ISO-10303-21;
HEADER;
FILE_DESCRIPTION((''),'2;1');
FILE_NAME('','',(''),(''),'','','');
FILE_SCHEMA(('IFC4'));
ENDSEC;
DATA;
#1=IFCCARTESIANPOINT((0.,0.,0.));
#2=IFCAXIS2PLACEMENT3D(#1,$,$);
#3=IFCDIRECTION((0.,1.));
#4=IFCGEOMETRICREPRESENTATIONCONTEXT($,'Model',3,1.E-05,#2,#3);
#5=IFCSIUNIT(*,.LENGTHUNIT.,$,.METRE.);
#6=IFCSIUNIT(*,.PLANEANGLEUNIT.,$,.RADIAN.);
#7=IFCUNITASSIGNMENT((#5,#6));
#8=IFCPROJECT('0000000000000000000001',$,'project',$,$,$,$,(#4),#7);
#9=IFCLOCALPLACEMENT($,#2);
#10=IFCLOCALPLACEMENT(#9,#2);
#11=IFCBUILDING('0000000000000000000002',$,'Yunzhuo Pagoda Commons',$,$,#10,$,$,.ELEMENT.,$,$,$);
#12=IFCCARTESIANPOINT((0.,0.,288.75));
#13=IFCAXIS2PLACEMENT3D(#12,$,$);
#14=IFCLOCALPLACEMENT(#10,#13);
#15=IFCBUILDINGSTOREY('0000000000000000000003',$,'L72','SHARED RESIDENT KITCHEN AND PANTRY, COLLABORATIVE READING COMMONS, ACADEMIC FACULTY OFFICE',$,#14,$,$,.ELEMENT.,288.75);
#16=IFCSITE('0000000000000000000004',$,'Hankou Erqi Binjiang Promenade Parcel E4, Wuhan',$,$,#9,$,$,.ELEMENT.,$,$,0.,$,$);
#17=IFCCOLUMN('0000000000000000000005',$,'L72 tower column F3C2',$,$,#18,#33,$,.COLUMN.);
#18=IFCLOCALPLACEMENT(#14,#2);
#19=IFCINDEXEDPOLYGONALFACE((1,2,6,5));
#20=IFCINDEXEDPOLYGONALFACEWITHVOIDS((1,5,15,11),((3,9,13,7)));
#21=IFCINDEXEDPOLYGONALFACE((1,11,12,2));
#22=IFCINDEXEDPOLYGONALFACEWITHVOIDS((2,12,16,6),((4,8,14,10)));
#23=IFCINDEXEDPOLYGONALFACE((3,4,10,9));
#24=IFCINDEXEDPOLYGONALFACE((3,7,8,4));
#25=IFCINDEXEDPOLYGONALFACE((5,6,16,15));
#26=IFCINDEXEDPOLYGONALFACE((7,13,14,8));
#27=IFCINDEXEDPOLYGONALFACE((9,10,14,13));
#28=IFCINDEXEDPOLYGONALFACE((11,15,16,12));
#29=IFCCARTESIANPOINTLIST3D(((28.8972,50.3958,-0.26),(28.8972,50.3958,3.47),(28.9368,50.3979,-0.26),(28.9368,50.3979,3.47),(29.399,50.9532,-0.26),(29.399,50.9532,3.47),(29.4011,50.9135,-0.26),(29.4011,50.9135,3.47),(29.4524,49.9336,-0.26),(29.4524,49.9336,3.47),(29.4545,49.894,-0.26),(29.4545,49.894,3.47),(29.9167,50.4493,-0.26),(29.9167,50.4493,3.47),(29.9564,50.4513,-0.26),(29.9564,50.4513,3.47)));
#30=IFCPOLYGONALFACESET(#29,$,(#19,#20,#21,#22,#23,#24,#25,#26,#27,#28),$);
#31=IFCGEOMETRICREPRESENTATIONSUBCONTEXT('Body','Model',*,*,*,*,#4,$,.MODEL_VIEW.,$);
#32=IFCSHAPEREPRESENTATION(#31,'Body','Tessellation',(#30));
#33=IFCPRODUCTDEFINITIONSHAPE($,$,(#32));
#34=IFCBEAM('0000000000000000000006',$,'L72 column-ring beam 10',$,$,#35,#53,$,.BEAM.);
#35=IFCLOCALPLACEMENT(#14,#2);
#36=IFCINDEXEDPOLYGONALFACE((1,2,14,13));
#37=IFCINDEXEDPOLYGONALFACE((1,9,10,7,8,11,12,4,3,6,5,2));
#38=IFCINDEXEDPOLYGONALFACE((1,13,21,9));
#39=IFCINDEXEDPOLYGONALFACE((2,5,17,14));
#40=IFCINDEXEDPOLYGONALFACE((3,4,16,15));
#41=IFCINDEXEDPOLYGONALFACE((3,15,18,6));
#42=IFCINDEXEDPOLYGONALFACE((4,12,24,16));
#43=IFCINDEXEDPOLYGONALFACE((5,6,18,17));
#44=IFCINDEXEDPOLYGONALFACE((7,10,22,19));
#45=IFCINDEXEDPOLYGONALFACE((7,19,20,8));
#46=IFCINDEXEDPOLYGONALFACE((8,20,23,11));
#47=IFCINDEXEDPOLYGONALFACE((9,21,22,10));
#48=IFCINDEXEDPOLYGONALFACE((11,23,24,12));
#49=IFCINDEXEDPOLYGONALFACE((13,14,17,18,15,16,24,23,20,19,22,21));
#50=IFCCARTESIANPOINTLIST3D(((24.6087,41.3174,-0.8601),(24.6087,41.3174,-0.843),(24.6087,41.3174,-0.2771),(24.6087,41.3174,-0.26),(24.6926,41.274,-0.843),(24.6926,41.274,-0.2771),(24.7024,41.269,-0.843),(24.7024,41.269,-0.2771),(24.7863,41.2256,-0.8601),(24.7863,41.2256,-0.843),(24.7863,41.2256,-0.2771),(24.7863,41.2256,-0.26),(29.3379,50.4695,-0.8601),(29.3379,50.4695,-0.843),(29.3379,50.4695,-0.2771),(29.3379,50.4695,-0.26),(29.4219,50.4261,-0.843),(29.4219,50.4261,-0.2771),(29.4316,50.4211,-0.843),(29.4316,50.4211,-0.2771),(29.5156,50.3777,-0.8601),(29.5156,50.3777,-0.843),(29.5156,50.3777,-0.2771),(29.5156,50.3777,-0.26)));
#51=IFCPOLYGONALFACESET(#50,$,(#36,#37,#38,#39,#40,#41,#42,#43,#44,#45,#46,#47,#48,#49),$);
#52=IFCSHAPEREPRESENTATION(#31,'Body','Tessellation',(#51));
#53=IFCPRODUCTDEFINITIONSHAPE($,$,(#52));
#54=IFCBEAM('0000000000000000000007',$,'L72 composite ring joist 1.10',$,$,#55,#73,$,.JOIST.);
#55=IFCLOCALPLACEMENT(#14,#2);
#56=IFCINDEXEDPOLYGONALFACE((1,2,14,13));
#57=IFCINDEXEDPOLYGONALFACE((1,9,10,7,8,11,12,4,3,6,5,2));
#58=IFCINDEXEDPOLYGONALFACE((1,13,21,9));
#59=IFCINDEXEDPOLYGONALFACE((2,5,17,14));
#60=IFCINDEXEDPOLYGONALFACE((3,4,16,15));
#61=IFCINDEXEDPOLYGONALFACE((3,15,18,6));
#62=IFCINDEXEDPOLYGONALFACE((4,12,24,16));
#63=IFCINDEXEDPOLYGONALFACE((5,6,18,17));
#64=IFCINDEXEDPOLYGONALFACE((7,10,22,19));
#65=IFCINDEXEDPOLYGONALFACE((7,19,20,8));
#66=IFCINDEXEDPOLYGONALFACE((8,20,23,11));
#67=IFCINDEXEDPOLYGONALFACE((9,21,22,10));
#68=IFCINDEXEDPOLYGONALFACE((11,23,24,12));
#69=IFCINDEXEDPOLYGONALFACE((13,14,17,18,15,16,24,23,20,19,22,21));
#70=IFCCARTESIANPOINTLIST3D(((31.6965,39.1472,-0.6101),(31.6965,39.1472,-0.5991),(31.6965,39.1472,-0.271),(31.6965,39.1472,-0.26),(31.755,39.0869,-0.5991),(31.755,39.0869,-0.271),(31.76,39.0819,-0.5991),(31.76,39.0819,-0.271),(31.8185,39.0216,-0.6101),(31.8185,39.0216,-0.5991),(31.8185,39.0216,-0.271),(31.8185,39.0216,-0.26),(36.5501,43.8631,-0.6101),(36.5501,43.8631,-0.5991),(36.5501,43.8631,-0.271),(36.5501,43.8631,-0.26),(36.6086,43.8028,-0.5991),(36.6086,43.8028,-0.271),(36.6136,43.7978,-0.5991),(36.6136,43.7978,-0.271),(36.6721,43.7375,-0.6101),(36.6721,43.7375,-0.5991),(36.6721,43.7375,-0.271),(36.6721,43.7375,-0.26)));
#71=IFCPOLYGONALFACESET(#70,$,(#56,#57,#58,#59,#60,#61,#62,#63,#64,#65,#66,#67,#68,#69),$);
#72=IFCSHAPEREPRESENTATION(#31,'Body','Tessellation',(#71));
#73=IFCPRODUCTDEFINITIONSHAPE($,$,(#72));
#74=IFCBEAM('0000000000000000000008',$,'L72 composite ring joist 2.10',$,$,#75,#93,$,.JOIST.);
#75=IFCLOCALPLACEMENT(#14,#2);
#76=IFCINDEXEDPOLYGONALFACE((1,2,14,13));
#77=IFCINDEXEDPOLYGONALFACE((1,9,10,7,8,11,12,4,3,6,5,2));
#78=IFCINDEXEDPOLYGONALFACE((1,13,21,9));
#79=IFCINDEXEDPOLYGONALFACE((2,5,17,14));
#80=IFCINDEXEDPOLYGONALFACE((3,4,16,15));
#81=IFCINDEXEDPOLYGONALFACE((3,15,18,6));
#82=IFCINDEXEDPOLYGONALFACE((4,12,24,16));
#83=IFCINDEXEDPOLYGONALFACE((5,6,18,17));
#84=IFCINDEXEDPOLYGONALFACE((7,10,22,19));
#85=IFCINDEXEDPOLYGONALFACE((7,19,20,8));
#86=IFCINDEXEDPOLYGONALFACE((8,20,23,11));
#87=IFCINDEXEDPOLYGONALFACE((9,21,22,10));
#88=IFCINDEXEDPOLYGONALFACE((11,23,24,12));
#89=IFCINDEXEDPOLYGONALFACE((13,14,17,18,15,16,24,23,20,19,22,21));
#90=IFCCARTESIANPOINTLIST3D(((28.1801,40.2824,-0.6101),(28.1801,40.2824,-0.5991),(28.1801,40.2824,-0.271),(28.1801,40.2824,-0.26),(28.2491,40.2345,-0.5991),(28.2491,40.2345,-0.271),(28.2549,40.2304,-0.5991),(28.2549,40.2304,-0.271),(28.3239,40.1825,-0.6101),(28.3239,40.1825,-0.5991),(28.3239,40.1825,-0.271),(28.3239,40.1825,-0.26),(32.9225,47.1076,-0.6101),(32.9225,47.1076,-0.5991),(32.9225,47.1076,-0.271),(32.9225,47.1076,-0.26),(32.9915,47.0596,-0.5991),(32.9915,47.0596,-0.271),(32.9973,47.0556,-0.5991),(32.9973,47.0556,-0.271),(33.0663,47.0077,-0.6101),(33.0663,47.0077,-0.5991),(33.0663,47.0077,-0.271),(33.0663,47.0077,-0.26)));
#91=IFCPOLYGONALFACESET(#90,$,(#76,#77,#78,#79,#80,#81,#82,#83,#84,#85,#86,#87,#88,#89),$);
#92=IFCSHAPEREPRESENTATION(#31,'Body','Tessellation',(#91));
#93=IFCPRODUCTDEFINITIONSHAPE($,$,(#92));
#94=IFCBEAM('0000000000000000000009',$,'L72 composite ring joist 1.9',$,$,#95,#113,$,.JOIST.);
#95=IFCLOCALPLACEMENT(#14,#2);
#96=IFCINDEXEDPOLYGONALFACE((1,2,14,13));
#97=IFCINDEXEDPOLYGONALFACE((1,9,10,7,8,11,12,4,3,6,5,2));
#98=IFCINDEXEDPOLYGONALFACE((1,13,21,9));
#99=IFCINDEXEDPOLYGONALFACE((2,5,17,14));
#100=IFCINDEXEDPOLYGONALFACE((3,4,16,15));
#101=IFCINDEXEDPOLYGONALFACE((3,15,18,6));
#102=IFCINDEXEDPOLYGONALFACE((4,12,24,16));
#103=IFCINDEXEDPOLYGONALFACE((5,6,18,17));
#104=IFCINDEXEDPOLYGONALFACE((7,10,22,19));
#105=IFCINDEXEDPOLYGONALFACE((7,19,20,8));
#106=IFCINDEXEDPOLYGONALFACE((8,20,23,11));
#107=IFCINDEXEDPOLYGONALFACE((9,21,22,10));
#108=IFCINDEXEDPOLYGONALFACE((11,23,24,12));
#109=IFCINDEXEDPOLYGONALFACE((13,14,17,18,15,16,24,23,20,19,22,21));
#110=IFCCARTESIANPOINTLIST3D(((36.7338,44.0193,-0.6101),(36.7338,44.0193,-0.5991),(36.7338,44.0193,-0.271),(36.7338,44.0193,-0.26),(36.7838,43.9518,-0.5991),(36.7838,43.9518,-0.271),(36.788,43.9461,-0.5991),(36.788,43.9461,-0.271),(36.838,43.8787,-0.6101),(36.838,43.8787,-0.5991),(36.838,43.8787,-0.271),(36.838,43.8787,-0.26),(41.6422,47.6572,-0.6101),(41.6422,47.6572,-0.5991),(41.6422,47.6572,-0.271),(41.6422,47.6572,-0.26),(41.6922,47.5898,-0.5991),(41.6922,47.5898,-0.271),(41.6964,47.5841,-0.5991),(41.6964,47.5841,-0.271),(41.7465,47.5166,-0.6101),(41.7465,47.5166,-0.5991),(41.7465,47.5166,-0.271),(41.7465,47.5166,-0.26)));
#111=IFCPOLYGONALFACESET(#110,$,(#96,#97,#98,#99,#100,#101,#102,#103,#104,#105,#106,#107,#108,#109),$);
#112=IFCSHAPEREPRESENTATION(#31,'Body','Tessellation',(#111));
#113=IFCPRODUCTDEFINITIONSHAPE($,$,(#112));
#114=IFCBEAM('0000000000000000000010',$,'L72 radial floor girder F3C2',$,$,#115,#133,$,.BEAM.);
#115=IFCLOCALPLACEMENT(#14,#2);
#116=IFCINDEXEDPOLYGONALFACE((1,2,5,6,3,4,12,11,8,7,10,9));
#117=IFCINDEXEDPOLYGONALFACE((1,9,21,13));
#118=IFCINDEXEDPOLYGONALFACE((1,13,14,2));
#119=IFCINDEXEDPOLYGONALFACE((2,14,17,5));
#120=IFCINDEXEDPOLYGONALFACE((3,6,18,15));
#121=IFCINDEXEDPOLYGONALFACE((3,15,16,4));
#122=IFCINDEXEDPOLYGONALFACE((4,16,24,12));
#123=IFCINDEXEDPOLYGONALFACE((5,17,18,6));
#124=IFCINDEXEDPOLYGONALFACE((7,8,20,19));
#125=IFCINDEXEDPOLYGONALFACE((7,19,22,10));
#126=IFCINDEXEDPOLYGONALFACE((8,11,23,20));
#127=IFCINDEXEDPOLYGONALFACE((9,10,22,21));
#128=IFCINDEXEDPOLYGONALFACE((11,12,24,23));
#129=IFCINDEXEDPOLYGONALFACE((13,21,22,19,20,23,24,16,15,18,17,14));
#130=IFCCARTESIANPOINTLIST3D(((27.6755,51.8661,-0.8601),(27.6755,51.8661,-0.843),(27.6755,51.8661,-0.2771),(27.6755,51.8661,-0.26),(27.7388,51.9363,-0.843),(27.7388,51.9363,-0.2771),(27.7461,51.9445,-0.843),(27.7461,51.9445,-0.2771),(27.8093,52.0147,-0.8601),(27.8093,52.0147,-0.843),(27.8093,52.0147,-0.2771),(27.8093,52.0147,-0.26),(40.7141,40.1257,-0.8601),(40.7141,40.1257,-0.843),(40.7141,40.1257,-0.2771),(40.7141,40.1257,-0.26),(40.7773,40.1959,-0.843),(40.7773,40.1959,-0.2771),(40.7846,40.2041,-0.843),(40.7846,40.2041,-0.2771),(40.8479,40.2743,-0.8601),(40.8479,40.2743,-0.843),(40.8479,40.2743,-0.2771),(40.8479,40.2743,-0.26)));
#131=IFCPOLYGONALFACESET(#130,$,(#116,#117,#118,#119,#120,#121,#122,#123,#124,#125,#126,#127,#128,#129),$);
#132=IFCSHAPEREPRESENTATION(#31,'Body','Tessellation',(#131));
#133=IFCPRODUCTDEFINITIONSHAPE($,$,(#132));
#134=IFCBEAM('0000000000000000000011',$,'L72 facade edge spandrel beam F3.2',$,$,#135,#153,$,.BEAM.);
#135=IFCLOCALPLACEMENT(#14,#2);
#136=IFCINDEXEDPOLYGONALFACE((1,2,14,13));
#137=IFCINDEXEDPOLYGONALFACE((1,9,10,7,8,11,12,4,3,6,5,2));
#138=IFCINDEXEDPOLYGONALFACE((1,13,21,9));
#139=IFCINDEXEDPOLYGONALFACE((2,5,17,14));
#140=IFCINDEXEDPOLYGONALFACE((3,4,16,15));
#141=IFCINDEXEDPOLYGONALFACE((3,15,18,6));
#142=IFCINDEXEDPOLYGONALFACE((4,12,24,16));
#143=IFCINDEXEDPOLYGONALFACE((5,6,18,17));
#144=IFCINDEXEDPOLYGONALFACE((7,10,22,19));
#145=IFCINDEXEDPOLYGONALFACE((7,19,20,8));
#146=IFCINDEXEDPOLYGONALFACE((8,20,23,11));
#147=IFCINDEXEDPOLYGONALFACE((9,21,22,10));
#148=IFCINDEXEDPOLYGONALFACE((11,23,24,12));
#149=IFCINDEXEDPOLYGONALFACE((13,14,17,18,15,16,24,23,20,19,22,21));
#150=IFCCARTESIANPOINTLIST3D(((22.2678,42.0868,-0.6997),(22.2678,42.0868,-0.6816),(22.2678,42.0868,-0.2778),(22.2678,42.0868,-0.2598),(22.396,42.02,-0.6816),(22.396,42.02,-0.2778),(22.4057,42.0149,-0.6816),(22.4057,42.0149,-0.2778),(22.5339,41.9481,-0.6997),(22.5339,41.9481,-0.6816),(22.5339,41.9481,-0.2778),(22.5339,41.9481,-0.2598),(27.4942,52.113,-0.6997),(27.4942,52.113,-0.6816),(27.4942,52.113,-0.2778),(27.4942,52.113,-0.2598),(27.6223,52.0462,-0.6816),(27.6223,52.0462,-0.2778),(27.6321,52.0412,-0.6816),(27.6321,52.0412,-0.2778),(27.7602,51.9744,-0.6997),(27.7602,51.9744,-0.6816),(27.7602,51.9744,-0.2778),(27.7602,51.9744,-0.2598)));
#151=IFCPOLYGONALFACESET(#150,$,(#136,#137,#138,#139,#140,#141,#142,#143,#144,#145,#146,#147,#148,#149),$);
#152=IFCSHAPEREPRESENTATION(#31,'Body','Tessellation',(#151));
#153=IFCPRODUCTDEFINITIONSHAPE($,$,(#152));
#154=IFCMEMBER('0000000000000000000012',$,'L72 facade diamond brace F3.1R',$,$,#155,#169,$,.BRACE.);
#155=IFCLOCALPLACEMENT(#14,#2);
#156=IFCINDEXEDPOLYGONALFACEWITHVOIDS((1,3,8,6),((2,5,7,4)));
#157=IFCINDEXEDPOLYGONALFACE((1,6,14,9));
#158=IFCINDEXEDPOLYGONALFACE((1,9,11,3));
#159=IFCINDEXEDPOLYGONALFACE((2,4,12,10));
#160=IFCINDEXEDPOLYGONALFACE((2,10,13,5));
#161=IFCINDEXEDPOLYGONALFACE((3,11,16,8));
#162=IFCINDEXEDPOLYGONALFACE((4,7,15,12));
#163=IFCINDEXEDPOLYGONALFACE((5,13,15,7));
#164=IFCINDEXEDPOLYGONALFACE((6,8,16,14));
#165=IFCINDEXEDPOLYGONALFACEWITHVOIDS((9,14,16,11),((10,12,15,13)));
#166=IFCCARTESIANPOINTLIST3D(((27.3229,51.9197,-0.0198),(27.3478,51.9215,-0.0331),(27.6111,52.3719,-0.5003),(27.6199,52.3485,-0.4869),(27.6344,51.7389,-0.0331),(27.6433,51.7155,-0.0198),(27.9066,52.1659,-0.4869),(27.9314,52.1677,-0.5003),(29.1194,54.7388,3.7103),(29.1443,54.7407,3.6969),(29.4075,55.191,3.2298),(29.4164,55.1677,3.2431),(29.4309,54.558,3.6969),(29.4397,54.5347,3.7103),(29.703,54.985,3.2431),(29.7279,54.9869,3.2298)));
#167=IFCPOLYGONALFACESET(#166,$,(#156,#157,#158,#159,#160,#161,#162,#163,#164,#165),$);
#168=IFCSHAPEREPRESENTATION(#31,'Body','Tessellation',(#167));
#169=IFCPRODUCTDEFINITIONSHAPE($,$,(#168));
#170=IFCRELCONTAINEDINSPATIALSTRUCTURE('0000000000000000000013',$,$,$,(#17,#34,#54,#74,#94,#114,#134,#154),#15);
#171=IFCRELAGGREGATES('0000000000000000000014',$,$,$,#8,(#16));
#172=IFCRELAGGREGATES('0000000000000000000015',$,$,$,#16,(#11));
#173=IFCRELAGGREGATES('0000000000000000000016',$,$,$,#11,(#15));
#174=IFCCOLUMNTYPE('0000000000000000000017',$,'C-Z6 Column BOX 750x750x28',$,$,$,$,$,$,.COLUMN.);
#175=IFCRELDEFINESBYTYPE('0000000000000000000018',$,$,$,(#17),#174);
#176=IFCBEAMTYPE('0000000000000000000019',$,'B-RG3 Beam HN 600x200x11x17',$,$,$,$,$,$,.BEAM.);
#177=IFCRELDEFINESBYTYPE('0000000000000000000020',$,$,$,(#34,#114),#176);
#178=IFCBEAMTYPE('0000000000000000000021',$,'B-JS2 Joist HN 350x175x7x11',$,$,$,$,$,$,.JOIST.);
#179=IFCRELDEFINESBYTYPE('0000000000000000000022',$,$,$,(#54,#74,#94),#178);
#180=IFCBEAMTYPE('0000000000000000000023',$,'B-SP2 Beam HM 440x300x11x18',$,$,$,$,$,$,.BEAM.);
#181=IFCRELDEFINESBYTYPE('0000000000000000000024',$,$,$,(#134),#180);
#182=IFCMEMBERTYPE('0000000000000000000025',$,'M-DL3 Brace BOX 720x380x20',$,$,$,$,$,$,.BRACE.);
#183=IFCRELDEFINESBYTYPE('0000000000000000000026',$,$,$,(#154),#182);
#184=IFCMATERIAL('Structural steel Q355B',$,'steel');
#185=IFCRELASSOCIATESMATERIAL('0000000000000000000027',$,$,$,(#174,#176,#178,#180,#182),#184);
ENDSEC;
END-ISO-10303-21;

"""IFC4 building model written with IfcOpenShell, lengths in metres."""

from ifc_helpers import new_model, si_unit, direction, frame, origin, origin_2d, place, context, subcontext, project, spatial, hollow_rectangle, i_section, extrude, source, transform, mapped, material, material_profile, profile_set, type_object, element, save


model = new_model("IFC4")

# Units and contexts
model_context = context("Model", 3, precision=1e-05, world=origin(), true_north=direction((0.0, 1.0)))
body_context = subcontext(model_context, "Body", "Model", "MODEL_VIEW")
ifc_project = project(units=[si_unit("LENGTHUNIT", "METRE"), si_unit("PLANEANGLEUNIT", "RADIAN")], contexts=[model_context])

# Site, building, storey
site_placement = place(None, origin())
site = spatial("IfcSite", under=ifc_project, at=site_placement, Name="Hankou Erqi Binjiang Promenade Parcel E4, Wuhan", CompositionType="ELEMENT", RefElevation=0.0)
building_placement = place(site_placement, origin())
building = spatial("IfcBuilding", under=site, at=building_placement, Name="Yunzhuo Pagoda Commons", CompositionType="ELEMENT")
storey_placement = place(building_placement, frame((0.0, 0.0, 288.75)))
storey = spatial("IfcBuildingStorey", under=building, at=storey_placement, Name="L72", Description="SHARED RESIDENT KITCHEN AND PANTRY, COLLABORATIVE READING COMMONS, ACADEMIC FACULTY OFFICE", CompositionType="ELEMENT", Elevation=288.75)

# Column
ifc_material_1 = material(Name="Structural steel Q355B", Category="steel")
ifc_material_profile_1 = material_profile(ifc_material_1, hollow_rectangle(XDim=0.75, YDim=0.75, WallThickness=0.0281, at=origin_2d()), Name="Structural steel Q355B")
ifc_profile_set_1 = profile_set([ifc_material_profile_1], Name="Structural steel Q355B")
column_type = type_object("IfcColumnType", Name="C-Z6 Column BOX 750x750x28", PredefinedType="COLUMN", material=ifc_profile_set_1)
shared_shape_1 = source(origin(), body_context, "Body", "SweptSolid", [
    extrude(hollow_rectangle(XDim=0.75, YDim=0.75, WallThickness=0.0281, at=origin_2d()), origin(), (0.0, 0.0, 1.0), 3.73),
])
column_placement = place(storey_placement, frame((29.4268, 50.4236, -0.26), z_axis=(0.0, 0.0, 1.0), x_axis=(-0.669131, -0.743145, 0.0)))
element("IfcColumn", 1, at=column_placement, inside=storey, type_object=column_type, Name="L72 tower column F3C2", PredefinedType="COLUMN", context=body_context, shape_type="MappedRepresentation", body=[
    mapped(shared_shape_1, transform((0.0, 0.0, 0.0), scale=1.0)),
])

# Beams
ifc_material_profile_2 = material_profile(ifc_material_1, i_section(OverallWidth=0.2, OverallDepth=0.6001, WebThickness=0.011, FlangeThickness=0.0171, at=origin_2d()), Name="Structural steel Q355B")
ifc_profile_set_2 = profile_set([ifc_material_profile_2], Name="Structural steel Q355B")
beam_type_1 = type_object("IfcBeamType", Name="B-RG3 Beam HN 600x200x11x17", PredefinedType="BEAM", material=ifc_profile_set_2)
shared_shape_2 = source(origin(), body_context, "Body", "SweptSolid", [
    extrude(i_section(OverallWidth=0.2, OverallDepth=0.6001, WebThickness=0.011, FlangeThickness=0.0171, at=origin_2d()), origin(), (0.0, 0.0, 1.0), 10.3018),
])
beam_1_placement = place(storey_placement, frame((29.4268, 50.4236, -0.5601), z_axis=(-0.459071, -0.8884, 0.0), x_axis=(0.8884, -0.459071, 0.0)))
element("IfcBeam", 2, at=beam_1_placement, inside=storey, type_object=beam_type_1, Name="L72 column-ring beam 10", PredefinedType="BEAM", context=body_context, shape_type="MappedRepresentation", body=[
    mapped(shared_shape_2, transform((0.0, 0.0, 0.0), scale=1.0)),
])
ifc_material_profile_3 = material_profile(ifc_material_1, i_section(OverallWidth=0.175, OverallDepth=0.3501, WebThickness=0.0071, FlangeThickness=0.011, at=origin_2d()), Name="Structural steel Q355B")
ifc_profile_set_3 = profile_set([ifc_material_profile_3], Name="Structural steel Q355B")
beam_type_2 = type_object("IfcBeamType", Name="B-JS2 Joist HN 350x175x7x11", PredefinedType="JOIST", material=ifc_profile_set_3)
shared_shape_3 = source(origin(), body_context, "Body", "SweptSolid", [
    extrude(i_section(OverallWidth=0.175, OverallDepth=0.3501, WebThickness=0.0071, FlangeThickness=0.011, at=origin_2d()), origin(), (0.0, 0.0, 1.0), 6.7673),
])
beam_2_placement = place(storey_placement, frame((36.6111, 43.8003, -0.4351), z_axis=(-0.717207, -0.69686, 0.0), x_axis=(0.69686, -0.717207, 0.0)))
element("IfcBeam", 3, at=beam_2_placement, inside=storey, type_object=beam_type_2, Name="L72 composite ring joist 1.10", PredefinedType="JOIST", context=body_context, shape_type="MappedRepresentation", body=[
    mapped(shared_shape_3, transform((0.0, 0.0, 0.0), scale=1.0)),
])
shared_shape_4 = source(origin(), body_context, "Body", "SweptSolid", [
    extrude(i_section(OverallWidth=0.175, OverallDepth=0.3501, WebThickness=0.0071, FlangeThickness=0.011, at=origin_2d()), origin(), (0.0, 0.0, 1.0), 8.311),
])
beam_3_placement = place(storey_placement, frame((32.9944, 47.0576, -0.4351), z_axis=(-0.570616, -0.821217, 0.0), x_axis=(0.821217, -0.570616, 0.0)))
element("IfcBeam", 4, at=beam_3_placement, inside=storey, type_object=beam_type_2, Name="L72 composite ring joist 2.10", PredefinedType="JOIST", context=body_context, shape_type="MappedRepresentation", body=[
    mapped(shared_shape_4, transform((0.0, 0.0, 0.0), scale=1.0)),
])
shared_shape_5 = source(origin(), body_context, "Body", "SweptSolid", [
    extrude(i_section(OverallWidth=0.175, OverallDepth=0.3501, WebThickness=0.0071, FlangeThickness=0.011, at=origin_2d()), origin(), (0.0, 0.0, 1.0), 6.1096),
])
beam_4_placement = place(storey_placement, frame((41.6943, 47.5869, -0.4351), z_axis=(-0.803396, -0.595444, 0.0), x_axis=(0.595444, -0.803396, 0.0)))
element("IfcBeam", 5, at=beam_4_placement, inside=storey, type_object=beam_type_2, Name="L72 composite ring joist 1.9", PredefinedType="JOIST", context=body_context, shape_type="MappedRepresentation", body=[
    mapped(shared_shape_5, transform((0.0, 0.0, 0.0), scale=1.0)),
])
shared_shape_6 = source(origin(), body_context, "Body", "SweptSolid", [
    extrude(i_section(OverallWidth=0.2, OverallDepth=0.6001, WebThickness=0.011, FlangeThickness=0.0171, at=origin_2d()), origin(), (0.0, 0.0, 1.0), 17.5454),
])
beam_5_placement = place(storey_placement, frame((27.7424, 51.9404, -0.5601), z_axis=(0.743131, -0.669146, 0.0), x_axis=(0.669146, 0.743131, 0.0)))
element("IfcBeam", 6, at=beam_5_placement, inside=storey, type_object=beam_type_1, Name="L72 radial floor girder F3C2", PredefinedType="BEAM", context=body_context, shape_type="MappedRepresentation", body=[
    mapped(shared_shape_6, transform((0.0, 0.0, 0.0), scale=1.0)),
])
ifc_material_profile_4 = material_profile(ifc_material_1, i_section(OverallWidth=0.3, OverallDepth=0.4399, WebThickness=0.011, FlangeThickness=0.0181, at=origin_2d()), Name="Structural steel Q355B")
ifc_profile_set_4 = profile_set([ifc_material_profile_4], Name="Structural steel Q355B")
beam_type_3 = type_object("IfcBeamType", Name="B-SP2 Beam HM 440x300x11x18", PredefinedType="BEAM", material=ifc_profile_set_4)
shared_shape_7 = source(origin(), body_context, "Body", "SweptSolid", [
    extrude(i_section(OverallWidth=0.3, OverallDepth=0.4399, WebThickness=0.011, FlangeThickness=0.0181, at=origin_2d()), origin(), (0.0, 0.0, 1.0), 11.3066),
])
beam_6_placement = place(storey_placement, frame((27.6272, 52.0437, -0.4797), z_axis=(-0.462239, -0.886755, 0.0), x_axis=(0.886755, -0.462239, 0.0)))
element("IfcBeam", 7, at=beam_6_placement, inside=storey, type_object=beam_type_3, Name="L72 facade edge spandrel beam F3.2", PredefinedType="BEAM", context=body_context, shape_type="MappedRepresentation", body=[
    mapped(shared_shape_7, transform((0.0, 0.0, 0.0), scale=1.0)),
])

# Member
ifc_material_profile_5 = material_profile(ifc_material_1, hollow_rectangle(XDim=0.3799, YDim=0.72, WallThickness=0.02, at=origin_2d()), Name="Structural steel Q355B")
ifc_profile_set_5 = profile_set([ifc_material_profile_5], Name="Structural steel Q355B")
member_type_1 = type_object("IfcMemberType", Name="M-DL3 Brace BOX 720x380x20", PredefinedType="BRACE", material=ifc_profile_set_5)
shared_shape_8 = source(origin(), body_context, "Body", "SweptSolid", [
    extrude(hollow_rectangle(XDim=0.3799, YDim=0.72, WallThickness=0.02, at=origin_2d()), origin(), (0.0, 0.0, 1.0), 5.0088),
])
member_1_placement = place(storey_placement, frame((27.6272, 52.0437, -0.26), z_axis=(0.358654, 0.562839, 0.744701), x_axis=(-0.843334, 0.537391, 0.0)))
element("IfcMember", 8, at=member_1_placement, inside=storey, type_object=member_type_1, Name="L72 facade diamond brace F3.1R", PredefinedType="BRACE", context=body_context, shape_type="MappedRepresentation", body=[
    mapped(shared_shape_8, transform((0.0, 0.0, 0.0), scale=1.0)),
])

save(model, "model.ifc")
